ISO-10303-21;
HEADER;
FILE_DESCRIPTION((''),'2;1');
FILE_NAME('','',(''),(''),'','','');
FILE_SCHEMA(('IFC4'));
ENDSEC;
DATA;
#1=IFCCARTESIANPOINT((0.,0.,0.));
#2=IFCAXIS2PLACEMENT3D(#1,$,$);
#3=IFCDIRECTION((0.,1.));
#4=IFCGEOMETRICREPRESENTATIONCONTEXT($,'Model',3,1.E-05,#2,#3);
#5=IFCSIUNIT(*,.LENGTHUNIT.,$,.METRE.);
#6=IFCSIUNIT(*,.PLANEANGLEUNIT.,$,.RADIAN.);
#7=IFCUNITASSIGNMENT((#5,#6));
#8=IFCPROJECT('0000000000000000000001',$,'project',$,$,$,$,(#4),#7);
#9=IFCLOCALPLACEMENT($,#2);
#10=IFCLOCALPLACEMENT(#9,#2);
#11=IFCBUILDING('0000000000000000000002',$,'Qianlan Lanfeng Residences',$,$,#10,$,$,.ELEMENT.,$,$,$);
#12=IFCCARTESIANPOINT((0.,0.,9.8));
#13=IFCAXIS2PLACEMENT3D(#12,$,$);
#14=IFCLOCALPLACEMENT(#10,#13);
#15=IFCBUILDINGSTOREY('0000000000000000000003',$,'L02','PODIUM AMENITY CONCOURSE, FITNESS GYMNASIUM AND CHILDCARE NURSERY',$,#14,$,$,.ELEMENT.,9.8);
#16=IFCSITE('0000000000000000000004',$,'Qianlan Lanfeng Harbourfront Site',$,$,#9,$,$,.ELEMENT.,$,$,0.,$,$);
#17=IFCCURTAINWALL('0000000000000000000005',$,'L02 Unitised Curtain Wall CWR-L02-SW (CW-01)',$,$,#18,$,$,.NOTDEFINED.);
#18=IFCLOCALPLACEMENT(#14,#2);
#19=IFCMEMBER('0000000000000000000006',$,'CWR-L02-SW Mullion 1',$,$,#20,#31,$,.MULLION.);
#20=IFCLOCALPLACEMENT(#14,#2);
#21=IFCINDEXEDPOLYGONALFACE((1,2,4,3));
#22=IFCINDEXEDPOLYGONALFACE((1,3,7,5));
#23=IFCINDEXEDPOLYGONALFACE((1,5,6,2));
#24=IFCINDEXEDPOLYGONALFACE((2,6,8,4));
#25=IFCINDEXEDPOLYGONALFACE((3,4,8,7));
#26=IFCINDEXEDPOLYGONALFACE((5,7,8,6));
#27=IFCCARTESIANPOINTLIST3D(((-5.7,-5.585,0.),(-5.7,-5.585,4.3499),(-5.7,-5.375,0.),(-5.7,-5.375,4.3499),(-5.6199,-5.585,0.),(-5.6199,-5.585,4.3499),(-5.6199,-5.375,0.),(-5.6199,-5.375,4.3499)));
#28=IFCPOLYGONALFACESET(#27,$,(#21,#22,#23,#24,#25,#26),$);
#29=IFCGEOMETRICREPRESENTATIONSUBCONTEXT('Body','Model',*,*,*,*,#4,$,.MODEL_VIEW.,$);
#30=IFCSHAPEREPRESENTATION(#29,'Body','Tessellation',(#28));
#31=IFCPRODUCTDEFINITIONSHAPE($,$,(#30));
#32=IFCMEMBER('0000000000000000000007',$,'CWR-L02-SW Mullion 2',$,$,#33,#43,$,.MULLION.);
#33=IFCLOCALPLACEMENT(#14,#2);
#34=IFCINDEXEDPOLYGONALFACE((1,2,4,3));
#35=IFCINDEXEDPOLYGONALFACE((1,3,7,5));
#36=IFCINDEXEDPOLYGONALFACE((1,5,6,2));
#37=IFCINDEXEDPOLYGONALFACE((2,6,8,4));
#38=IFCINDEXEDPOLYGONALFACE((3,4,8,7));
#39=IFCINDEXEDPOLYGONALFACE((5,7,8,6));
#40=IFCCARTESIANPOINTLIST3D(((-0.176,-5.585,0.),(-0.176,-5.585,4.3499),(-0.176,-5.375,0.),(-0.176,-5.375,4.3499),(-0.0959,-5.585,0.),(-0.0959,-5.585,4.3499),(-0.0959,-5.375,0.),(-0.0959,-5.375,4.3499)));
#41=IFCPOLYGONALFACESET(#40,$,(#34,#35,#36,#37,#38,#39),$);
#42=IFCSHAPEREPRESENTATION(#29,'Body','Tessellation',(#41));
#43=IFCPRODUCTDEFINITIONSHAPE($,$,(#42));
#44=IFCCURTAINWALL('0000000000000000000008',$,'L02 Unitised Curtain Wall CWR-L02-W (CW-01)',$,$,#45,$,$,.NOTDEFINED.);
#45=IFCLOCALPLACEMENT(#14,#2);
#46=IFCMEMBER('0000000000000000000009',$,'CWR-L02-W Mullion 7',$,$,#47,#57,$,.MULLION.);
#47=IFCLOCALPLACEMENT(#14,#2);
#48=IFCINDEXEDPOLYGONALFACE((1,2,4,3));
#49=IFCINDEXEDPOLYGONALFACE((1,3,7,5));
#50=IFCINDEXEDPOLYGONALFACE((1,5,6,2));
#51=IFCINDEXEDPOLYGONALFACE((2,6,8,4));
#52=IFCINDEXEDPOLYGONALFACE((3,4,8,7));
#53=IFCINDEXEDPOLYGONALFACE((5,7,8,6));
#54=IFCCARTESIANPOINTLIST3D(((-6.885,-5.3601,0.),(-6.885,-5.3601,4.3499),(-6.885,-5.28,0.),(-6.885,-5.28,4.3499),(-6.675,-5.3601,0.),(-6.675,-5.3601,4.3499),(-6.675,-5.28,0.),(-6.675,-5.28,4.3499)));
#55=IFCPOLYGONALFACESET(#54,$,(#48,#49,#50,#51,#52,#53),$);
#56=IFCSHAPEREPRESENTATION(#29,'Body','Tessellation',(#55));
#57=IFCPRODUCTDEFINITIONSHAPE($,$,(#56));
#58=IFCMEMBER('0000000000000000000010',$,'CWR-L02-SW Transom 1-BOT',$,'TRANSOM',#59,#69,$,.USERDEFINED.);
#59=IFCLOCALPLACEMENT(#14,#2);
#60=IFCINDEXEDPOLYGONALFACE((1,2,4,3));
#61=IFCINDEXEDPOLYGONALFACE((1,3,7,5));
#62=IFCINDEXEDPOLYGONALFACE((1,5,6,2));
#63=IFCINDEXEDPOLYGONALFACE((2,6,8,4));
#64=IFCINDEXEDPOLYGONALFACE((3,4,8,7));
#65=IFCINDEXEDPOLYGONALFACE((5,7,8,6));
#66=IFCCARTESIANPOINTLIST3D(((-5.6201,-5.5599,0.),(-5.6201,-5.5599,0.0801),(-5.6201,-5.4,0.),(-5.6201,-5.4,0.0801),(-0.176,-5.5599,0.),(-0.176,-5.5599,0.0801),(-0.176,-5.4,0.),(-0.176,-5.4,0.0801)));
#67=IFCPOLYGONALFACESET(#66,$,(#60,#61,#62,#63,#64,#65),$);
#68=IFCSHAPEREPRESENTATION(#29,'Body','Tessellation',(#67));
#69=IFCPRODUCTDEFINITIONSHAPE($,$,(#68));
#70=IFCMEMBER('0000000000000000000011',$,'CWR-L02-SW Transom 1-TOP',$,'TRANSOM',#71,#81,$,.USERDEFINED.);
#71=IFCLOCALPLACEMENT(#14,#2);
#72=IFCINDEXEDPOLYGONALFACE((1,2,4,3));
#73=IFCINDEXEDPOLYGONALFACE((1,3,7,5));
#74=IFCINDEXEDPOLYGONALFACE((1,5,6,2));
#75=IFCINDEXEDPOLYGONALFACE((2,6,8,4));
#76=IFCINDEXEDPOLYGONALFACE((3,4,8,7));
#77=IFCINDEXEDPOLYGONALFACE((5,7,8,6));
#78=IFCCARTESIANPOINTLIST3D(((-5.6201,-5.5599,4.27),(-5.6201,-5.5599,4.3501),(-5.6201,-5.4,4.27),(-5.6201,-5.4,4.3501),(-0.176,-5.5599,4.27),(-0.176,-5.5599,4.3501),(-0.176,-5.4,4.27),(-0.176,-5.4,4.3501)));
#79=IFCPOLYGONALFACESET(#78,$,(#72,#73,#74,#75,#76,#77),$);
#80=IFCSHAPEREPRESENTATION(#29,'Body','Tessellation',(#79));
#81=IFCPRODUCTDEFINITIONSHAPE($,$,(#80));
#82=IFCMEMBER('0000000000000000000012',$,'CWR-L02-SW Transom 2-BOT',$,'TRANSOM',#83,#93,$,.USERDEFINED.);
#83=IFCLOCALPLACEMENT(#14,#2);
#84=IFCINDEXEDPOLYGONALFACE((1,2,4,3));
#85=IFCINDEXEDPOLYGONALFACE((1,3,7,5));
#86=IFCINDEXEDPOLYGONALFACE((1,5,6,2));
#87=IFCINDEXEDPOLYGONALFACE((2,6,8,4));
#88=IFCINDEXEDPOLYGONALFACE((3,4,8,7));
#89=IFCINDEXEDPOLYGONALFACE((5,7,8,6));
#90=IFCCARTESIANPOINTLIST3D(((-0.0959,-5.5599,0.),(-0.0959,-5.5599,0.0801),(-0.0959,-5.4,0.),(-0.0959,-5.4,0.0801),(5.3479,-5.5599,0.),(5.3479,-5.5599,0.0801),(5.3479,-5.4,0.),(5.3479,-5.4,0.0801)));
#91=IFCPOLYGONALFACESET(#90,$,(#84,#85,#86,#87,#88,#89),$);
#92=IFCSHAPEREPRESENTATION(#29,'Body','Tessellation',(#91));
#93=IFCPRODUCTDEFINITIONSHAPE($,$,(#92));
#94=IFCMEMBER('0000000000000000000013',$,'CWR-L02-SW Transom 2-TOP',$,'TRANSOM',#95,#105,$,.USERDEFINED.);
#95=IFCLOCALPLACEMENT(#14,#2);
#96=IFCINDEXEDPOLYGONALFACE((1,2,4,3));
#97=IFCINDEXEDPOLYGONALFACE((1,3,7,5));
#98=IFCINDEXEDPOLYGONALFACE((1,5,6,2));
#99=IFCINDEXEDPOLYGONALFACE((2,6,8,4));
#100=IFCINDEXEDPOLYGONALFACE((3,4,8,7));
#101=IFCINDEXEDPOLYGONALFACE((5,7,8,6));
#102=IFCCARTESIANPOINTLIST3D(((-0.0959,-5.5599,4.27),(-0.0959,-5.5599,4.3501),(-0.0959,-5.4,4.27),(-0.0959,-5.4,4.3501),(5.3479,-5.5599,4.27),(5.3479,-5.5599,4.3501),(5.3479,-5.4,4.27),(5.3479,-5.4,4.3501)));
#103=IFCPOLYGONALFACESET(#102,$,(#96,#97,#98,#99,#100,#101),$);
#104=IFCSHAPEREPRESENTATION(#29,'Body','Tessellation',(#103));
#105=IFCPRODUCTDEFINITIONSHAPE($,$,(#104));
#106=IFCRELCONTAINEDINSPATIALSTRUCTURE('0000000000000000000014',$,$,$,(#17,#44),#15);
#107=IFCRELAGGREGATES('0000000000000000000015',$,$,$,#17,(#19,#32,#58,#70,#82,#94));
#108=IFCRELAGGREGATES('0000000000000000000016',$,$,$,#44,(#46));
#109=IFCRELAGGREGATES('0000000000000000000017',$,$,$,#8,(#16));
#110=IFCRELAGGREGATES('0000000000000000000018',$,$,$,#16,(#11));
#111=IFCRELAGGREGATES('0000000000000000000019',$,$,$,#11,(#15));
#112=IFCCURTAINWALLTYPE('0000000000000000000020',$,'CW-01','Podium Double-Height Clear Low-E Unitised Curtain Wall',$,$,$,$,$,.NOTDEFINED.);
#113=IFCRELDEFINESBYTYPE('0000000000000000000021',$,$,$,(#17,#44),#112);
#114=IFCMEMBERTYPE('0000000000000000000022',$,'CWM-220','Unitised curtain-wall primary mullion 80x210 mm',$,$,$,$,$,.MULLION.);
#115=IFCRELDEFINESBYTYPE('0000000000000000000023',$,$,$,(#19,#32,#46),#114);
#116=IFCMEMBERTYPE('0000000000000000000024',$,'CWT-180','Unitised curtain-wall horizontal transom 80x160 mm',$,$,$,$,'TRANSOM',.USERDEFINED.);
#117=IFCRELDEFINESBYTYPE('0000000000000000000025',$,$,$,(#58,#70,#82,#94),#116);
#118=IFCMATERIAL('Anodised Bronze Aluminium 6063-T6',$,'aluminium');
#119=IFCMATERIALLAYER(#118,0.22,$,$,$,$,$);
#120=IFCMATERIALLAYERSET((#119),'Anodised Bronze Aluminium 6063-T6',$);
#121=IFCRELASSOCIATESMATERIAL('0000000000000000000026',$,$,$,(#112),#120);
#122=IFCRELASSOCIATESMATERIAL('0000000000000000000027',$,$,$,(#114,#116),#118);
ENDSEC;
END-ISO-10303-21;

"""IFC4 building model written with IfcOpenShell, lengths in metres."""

from ifc_helpers import new_model, si_unit, direction, frame, origin, origin_2d, place, context, subcontext, project, spatial, rectangle, extrude, source, transform, mapped, material, layer, layer_set, material_profile, profile_set, type_object, element, aggregate, save


model = new_model("IFC4")

# Units and contexts
model_context = context("Model", 3, precision=1e-05, world=origin(), true_north=direction((0.0, 1.0)))
body_context = subcontext(model_context, "Body", "Model", "MODEL_VIEW")
ifc_project = project(units=[si_unit("LENGTHUNIT", "METRE"), si_unit("PLANEANGLEUNIT", "RADIAN")], contexts=[model_context])

# Site, building, storey
site_placement = place(None, origin())
site = spatial("IfcSite", under=ifc_project, at=site_placement, Name="Qianlan Lanfeng Harbourfront Site", CompositionType="ELEMENT", RefElevation=0.0)
building_placement = place(site_placement, origin())
building = spatial("IfcBuilding", under=site, at=building_placement, Name="Qianlan Lanfeng Residences", CompositionType="ELEMENT")
storey_placement = place(building_placement, frame((0.0, 0.0, 9.8)))
storey = spatial("IfcBuildingStorey", under=building, at=storey_placement, Name="L02", Description="PODIUM AMENITY CONCOURSE, FITNESS GYMNASIUM AND CHILDCARE NURSERY", CompositionType="ELEMENT", Elevation=9.8)

# Curtain wall, members
ifc_material_1 = material(Name="Anodised Bronze Aluminium 6063-T6", Category="aluminium")
ifc_layer_1 = layer(ifc_material_1, 0.22)
ifc_layer_set_1 = layer_set([ifc_layer_1], Name="Anodised Bronze Aluminium 6063-T6")
curtain_wall_type = type_object("IfcCurtainWallType", Name="CW-01", Description="Podium Double-Height Clear Low-E Unitised Curtain Wall", PredefinedType="NOTDEFINED", material=ifc_layer_set_1)
curtain_wall_1_placement = place(storey_placement, origin())
curtain_wall_1 = element("IfcCurtainWall", 1, at=curtain_wall_1_placement, inside=storey, type_object=curtain_wall_type, Name="L02 Unitised Curtain Wall CWR-L02-SW (CW-01)", PredefinedType="NOTDEFINED")
ifc_material_profile_1 = material_profile(ifc_material_1, rectangle(XDim=0.0801, YDim=0.21, at=origin_2d()), Name="ALU MULLION 80x210")
ifc_profile_set_1 = profile_set([ifc_material_profile_1], Name="Anodised Bronze Aluminium 6063-T6")
member_type_1 = type_object("IfcMemberType", Name="CWM-220", Description="Unitised curtain-wall primary mullion 80x210 mm", PredefinedType="MULLION", material=ifc_profile_set_1)
shared_shape_1 = source(origin(), body_context, "Body", "SweptSolid", [
    extrude(rectangle(XDim=0.0801, YDim=0.21, at=origin_2d()), origin(), (0.0, 0.0, 1.0), 4.3499),
])
member_1_placement = place(storey_placement, frame((-5.6599, -5.48, 0.0), z_axis=(0.0, 0.0, 1.0), x_axis=(1.0, 0.0, 0.0)))
member_1 = element("IfcMember", 2, at=member_1_placement, type_object=member_type_1, Name="CWR-L02-SW Mullion 1", PredefinedType="MULLION", context=body_context, shape_type="MappedRepresentation", body=[
    mapped(shared_shape_1, transform((0.0, 0.0, 0.0), scale=1.0)),
])
member_2_placement = place(storey_placement, frame((-0.136, -5.48, 0.0), z_axis=(0.0, 0.0, 1.0), x_axis=(1.0, 0.0, 0.0)))
member_2 = element("IfcMember", 3, at=member_2_placement, type_object=member_type_1, Name="CWR-L02-SW Mullion 2", PredefinedType="MULLION", context=body_context, shape_type="MappedRepresentation", body=[
    mapped(shared_shape_1, transform((0.0, 0.0, 0.0), scale=1.0)),
])

# Curtain wall, member
curtain_wall_2_placement = place(storey_placement, origin())
curtain_wall_2 = element("IfcCurtainWall", 4, at=curtain_wall_2_placement, inside=storey, type_object=curtain_wall_type, Name="L02 Unitised Curtain Wall CWR-L02-W (CW-01)", PredefinedType="NOTDEFINED")
member_3_placement = place(storey_placement, frame((-6.78, -5.3201, 0.0), z_axis=(0.0, 0.0, 1.0), x_axis=(0.0, -1.0, 0.0)))
member_3 = element("IfcMember", 5, at=member_3_placement, type_object=member_type_1, Name="CWR-L02-W Mullion 7", PredefinedType="MULLION", context=body_context, shape_type="MappedRepresentation", body=[
    mapped(shared_shape_1, transform((0.0, 0.0, 0.0), scale=1.0)),
])

# Members
ifc_material_profile_2 = material_profile(ifc_material_1, rectangle(XDim=0.0801, YDim=0.1599, at=origin_2d()), Name="ALU TRANSOM 80x160")
ifc_profile_set_2 = profile_set([ifc_material_profile_2], Name="Anodised Bronze Aluminium 6063-T6")
member_type_2 = type_object("IfcMemberType", Name="CWT-180", Description="Unitised curtain-wall horizontal transom 80x160 mm", ElementType="TRANSOM", PredefinedType="USERDEFINED", material=ifc_profile_set_2)
shared_shape_2 = source(origin(), body_context, "Body", "SweptSolid", [
    extrude(rectangle(XDim=0.0801, YDim=0.1599, at=origin_2d()), origin(), (0.0, 0.0, 1.0), 5.4441),
])
member_4_placement = place(storey_placement, frame((-5.6201, -5.48, 0.04), z_axis=(1.0, 0.0, 0.0), x_axis=(0.0, 0.0, 1.0)))
member_4 = element("IfcMember", 6, at=member_4_placement, type_object=member_type_2, Name="CWR-L02-SW Transom 1-BOT", ObjectType="TRANSOM", PredefinedType="USERDEFINED", context=body_context, shape_type="MappedRepresentation", body=[
    mapped(shared_shape_2, transform((0.0, 0.0, 0.0), scale=1.0)),
])
member_5_placement = place(storey_placement, frame((-5.6201, -5.48, 4.3101), z_axis=(1.0, 0.0, 0.0), x_axis=(0.0, 0.0, 1.0)))
member_5 = element("IfcMember", 7, at=member_5_placement, type_object=member_type_2, Name="CWR-L02-SW Transom 1-TOP", ObjectType="TRANSOM", PredefinedType="USERDEFINED", context=body_context, shape_type="MappedRepresentation", body=[
    mapped(shared_shape_2, transform((0.0, 0.0, 0.0), scale=1.0)),
])
shared_shape_3 = source(origin(), body_context, "Body", "SweptSolid", [
    extrude(rectangle(XDim=0.0801, YDim=0.1599, at=origin_2d()), origin(), (0.0, 0.0, 1.0), 5.4438),
])
member_6_placement = place(storey_placement, frame((-0.0959, -5.48, 0.04), z_axis=(1.0, 0.0, 0.0), x_axis=(0.0, 0.0, 1.0)))
member_6 = element("IfcMember", 8, at=member_6_placement, type_object=member_type_2, Name="CWR-L02-SW Transom 2-BOT", ObjectType="TRANSOM", PredefinedType="USERDEFINED", context=body_context, shape_type="MappedRepresentation", body=[
    mapped(shared_shape_3, transform((0.0, 0.0, 0.0), scale=1.0)),
])
member_7_placement = place(storey_placement, frame((-0.0959, -5.48, 4.3101), z_axis=(1.0, 0.0, 0.0), x_axis=(0.0, 0.0, 1.0)))
member_7 = element("IfcMember", 9, at=member_7_placement, type_object=member_type_2, Name="CWR-L02-SW Transom 2-TOP", ObjectType="TRANSOM", PredefinedType="USERDEFINED", context=body_context, shape_type="MappedRepresentation", body=[
    mapped(shared_shape_3, transform((0.0, 0.0, 0.0), scale=1.0)),
])

aggregate(curtain_wall_1, [member_1, member_2, member_4, member_5, member_6, member_7])
aggregate(curtain_wall_2, [member_3])

save(model, "model.ifc")
